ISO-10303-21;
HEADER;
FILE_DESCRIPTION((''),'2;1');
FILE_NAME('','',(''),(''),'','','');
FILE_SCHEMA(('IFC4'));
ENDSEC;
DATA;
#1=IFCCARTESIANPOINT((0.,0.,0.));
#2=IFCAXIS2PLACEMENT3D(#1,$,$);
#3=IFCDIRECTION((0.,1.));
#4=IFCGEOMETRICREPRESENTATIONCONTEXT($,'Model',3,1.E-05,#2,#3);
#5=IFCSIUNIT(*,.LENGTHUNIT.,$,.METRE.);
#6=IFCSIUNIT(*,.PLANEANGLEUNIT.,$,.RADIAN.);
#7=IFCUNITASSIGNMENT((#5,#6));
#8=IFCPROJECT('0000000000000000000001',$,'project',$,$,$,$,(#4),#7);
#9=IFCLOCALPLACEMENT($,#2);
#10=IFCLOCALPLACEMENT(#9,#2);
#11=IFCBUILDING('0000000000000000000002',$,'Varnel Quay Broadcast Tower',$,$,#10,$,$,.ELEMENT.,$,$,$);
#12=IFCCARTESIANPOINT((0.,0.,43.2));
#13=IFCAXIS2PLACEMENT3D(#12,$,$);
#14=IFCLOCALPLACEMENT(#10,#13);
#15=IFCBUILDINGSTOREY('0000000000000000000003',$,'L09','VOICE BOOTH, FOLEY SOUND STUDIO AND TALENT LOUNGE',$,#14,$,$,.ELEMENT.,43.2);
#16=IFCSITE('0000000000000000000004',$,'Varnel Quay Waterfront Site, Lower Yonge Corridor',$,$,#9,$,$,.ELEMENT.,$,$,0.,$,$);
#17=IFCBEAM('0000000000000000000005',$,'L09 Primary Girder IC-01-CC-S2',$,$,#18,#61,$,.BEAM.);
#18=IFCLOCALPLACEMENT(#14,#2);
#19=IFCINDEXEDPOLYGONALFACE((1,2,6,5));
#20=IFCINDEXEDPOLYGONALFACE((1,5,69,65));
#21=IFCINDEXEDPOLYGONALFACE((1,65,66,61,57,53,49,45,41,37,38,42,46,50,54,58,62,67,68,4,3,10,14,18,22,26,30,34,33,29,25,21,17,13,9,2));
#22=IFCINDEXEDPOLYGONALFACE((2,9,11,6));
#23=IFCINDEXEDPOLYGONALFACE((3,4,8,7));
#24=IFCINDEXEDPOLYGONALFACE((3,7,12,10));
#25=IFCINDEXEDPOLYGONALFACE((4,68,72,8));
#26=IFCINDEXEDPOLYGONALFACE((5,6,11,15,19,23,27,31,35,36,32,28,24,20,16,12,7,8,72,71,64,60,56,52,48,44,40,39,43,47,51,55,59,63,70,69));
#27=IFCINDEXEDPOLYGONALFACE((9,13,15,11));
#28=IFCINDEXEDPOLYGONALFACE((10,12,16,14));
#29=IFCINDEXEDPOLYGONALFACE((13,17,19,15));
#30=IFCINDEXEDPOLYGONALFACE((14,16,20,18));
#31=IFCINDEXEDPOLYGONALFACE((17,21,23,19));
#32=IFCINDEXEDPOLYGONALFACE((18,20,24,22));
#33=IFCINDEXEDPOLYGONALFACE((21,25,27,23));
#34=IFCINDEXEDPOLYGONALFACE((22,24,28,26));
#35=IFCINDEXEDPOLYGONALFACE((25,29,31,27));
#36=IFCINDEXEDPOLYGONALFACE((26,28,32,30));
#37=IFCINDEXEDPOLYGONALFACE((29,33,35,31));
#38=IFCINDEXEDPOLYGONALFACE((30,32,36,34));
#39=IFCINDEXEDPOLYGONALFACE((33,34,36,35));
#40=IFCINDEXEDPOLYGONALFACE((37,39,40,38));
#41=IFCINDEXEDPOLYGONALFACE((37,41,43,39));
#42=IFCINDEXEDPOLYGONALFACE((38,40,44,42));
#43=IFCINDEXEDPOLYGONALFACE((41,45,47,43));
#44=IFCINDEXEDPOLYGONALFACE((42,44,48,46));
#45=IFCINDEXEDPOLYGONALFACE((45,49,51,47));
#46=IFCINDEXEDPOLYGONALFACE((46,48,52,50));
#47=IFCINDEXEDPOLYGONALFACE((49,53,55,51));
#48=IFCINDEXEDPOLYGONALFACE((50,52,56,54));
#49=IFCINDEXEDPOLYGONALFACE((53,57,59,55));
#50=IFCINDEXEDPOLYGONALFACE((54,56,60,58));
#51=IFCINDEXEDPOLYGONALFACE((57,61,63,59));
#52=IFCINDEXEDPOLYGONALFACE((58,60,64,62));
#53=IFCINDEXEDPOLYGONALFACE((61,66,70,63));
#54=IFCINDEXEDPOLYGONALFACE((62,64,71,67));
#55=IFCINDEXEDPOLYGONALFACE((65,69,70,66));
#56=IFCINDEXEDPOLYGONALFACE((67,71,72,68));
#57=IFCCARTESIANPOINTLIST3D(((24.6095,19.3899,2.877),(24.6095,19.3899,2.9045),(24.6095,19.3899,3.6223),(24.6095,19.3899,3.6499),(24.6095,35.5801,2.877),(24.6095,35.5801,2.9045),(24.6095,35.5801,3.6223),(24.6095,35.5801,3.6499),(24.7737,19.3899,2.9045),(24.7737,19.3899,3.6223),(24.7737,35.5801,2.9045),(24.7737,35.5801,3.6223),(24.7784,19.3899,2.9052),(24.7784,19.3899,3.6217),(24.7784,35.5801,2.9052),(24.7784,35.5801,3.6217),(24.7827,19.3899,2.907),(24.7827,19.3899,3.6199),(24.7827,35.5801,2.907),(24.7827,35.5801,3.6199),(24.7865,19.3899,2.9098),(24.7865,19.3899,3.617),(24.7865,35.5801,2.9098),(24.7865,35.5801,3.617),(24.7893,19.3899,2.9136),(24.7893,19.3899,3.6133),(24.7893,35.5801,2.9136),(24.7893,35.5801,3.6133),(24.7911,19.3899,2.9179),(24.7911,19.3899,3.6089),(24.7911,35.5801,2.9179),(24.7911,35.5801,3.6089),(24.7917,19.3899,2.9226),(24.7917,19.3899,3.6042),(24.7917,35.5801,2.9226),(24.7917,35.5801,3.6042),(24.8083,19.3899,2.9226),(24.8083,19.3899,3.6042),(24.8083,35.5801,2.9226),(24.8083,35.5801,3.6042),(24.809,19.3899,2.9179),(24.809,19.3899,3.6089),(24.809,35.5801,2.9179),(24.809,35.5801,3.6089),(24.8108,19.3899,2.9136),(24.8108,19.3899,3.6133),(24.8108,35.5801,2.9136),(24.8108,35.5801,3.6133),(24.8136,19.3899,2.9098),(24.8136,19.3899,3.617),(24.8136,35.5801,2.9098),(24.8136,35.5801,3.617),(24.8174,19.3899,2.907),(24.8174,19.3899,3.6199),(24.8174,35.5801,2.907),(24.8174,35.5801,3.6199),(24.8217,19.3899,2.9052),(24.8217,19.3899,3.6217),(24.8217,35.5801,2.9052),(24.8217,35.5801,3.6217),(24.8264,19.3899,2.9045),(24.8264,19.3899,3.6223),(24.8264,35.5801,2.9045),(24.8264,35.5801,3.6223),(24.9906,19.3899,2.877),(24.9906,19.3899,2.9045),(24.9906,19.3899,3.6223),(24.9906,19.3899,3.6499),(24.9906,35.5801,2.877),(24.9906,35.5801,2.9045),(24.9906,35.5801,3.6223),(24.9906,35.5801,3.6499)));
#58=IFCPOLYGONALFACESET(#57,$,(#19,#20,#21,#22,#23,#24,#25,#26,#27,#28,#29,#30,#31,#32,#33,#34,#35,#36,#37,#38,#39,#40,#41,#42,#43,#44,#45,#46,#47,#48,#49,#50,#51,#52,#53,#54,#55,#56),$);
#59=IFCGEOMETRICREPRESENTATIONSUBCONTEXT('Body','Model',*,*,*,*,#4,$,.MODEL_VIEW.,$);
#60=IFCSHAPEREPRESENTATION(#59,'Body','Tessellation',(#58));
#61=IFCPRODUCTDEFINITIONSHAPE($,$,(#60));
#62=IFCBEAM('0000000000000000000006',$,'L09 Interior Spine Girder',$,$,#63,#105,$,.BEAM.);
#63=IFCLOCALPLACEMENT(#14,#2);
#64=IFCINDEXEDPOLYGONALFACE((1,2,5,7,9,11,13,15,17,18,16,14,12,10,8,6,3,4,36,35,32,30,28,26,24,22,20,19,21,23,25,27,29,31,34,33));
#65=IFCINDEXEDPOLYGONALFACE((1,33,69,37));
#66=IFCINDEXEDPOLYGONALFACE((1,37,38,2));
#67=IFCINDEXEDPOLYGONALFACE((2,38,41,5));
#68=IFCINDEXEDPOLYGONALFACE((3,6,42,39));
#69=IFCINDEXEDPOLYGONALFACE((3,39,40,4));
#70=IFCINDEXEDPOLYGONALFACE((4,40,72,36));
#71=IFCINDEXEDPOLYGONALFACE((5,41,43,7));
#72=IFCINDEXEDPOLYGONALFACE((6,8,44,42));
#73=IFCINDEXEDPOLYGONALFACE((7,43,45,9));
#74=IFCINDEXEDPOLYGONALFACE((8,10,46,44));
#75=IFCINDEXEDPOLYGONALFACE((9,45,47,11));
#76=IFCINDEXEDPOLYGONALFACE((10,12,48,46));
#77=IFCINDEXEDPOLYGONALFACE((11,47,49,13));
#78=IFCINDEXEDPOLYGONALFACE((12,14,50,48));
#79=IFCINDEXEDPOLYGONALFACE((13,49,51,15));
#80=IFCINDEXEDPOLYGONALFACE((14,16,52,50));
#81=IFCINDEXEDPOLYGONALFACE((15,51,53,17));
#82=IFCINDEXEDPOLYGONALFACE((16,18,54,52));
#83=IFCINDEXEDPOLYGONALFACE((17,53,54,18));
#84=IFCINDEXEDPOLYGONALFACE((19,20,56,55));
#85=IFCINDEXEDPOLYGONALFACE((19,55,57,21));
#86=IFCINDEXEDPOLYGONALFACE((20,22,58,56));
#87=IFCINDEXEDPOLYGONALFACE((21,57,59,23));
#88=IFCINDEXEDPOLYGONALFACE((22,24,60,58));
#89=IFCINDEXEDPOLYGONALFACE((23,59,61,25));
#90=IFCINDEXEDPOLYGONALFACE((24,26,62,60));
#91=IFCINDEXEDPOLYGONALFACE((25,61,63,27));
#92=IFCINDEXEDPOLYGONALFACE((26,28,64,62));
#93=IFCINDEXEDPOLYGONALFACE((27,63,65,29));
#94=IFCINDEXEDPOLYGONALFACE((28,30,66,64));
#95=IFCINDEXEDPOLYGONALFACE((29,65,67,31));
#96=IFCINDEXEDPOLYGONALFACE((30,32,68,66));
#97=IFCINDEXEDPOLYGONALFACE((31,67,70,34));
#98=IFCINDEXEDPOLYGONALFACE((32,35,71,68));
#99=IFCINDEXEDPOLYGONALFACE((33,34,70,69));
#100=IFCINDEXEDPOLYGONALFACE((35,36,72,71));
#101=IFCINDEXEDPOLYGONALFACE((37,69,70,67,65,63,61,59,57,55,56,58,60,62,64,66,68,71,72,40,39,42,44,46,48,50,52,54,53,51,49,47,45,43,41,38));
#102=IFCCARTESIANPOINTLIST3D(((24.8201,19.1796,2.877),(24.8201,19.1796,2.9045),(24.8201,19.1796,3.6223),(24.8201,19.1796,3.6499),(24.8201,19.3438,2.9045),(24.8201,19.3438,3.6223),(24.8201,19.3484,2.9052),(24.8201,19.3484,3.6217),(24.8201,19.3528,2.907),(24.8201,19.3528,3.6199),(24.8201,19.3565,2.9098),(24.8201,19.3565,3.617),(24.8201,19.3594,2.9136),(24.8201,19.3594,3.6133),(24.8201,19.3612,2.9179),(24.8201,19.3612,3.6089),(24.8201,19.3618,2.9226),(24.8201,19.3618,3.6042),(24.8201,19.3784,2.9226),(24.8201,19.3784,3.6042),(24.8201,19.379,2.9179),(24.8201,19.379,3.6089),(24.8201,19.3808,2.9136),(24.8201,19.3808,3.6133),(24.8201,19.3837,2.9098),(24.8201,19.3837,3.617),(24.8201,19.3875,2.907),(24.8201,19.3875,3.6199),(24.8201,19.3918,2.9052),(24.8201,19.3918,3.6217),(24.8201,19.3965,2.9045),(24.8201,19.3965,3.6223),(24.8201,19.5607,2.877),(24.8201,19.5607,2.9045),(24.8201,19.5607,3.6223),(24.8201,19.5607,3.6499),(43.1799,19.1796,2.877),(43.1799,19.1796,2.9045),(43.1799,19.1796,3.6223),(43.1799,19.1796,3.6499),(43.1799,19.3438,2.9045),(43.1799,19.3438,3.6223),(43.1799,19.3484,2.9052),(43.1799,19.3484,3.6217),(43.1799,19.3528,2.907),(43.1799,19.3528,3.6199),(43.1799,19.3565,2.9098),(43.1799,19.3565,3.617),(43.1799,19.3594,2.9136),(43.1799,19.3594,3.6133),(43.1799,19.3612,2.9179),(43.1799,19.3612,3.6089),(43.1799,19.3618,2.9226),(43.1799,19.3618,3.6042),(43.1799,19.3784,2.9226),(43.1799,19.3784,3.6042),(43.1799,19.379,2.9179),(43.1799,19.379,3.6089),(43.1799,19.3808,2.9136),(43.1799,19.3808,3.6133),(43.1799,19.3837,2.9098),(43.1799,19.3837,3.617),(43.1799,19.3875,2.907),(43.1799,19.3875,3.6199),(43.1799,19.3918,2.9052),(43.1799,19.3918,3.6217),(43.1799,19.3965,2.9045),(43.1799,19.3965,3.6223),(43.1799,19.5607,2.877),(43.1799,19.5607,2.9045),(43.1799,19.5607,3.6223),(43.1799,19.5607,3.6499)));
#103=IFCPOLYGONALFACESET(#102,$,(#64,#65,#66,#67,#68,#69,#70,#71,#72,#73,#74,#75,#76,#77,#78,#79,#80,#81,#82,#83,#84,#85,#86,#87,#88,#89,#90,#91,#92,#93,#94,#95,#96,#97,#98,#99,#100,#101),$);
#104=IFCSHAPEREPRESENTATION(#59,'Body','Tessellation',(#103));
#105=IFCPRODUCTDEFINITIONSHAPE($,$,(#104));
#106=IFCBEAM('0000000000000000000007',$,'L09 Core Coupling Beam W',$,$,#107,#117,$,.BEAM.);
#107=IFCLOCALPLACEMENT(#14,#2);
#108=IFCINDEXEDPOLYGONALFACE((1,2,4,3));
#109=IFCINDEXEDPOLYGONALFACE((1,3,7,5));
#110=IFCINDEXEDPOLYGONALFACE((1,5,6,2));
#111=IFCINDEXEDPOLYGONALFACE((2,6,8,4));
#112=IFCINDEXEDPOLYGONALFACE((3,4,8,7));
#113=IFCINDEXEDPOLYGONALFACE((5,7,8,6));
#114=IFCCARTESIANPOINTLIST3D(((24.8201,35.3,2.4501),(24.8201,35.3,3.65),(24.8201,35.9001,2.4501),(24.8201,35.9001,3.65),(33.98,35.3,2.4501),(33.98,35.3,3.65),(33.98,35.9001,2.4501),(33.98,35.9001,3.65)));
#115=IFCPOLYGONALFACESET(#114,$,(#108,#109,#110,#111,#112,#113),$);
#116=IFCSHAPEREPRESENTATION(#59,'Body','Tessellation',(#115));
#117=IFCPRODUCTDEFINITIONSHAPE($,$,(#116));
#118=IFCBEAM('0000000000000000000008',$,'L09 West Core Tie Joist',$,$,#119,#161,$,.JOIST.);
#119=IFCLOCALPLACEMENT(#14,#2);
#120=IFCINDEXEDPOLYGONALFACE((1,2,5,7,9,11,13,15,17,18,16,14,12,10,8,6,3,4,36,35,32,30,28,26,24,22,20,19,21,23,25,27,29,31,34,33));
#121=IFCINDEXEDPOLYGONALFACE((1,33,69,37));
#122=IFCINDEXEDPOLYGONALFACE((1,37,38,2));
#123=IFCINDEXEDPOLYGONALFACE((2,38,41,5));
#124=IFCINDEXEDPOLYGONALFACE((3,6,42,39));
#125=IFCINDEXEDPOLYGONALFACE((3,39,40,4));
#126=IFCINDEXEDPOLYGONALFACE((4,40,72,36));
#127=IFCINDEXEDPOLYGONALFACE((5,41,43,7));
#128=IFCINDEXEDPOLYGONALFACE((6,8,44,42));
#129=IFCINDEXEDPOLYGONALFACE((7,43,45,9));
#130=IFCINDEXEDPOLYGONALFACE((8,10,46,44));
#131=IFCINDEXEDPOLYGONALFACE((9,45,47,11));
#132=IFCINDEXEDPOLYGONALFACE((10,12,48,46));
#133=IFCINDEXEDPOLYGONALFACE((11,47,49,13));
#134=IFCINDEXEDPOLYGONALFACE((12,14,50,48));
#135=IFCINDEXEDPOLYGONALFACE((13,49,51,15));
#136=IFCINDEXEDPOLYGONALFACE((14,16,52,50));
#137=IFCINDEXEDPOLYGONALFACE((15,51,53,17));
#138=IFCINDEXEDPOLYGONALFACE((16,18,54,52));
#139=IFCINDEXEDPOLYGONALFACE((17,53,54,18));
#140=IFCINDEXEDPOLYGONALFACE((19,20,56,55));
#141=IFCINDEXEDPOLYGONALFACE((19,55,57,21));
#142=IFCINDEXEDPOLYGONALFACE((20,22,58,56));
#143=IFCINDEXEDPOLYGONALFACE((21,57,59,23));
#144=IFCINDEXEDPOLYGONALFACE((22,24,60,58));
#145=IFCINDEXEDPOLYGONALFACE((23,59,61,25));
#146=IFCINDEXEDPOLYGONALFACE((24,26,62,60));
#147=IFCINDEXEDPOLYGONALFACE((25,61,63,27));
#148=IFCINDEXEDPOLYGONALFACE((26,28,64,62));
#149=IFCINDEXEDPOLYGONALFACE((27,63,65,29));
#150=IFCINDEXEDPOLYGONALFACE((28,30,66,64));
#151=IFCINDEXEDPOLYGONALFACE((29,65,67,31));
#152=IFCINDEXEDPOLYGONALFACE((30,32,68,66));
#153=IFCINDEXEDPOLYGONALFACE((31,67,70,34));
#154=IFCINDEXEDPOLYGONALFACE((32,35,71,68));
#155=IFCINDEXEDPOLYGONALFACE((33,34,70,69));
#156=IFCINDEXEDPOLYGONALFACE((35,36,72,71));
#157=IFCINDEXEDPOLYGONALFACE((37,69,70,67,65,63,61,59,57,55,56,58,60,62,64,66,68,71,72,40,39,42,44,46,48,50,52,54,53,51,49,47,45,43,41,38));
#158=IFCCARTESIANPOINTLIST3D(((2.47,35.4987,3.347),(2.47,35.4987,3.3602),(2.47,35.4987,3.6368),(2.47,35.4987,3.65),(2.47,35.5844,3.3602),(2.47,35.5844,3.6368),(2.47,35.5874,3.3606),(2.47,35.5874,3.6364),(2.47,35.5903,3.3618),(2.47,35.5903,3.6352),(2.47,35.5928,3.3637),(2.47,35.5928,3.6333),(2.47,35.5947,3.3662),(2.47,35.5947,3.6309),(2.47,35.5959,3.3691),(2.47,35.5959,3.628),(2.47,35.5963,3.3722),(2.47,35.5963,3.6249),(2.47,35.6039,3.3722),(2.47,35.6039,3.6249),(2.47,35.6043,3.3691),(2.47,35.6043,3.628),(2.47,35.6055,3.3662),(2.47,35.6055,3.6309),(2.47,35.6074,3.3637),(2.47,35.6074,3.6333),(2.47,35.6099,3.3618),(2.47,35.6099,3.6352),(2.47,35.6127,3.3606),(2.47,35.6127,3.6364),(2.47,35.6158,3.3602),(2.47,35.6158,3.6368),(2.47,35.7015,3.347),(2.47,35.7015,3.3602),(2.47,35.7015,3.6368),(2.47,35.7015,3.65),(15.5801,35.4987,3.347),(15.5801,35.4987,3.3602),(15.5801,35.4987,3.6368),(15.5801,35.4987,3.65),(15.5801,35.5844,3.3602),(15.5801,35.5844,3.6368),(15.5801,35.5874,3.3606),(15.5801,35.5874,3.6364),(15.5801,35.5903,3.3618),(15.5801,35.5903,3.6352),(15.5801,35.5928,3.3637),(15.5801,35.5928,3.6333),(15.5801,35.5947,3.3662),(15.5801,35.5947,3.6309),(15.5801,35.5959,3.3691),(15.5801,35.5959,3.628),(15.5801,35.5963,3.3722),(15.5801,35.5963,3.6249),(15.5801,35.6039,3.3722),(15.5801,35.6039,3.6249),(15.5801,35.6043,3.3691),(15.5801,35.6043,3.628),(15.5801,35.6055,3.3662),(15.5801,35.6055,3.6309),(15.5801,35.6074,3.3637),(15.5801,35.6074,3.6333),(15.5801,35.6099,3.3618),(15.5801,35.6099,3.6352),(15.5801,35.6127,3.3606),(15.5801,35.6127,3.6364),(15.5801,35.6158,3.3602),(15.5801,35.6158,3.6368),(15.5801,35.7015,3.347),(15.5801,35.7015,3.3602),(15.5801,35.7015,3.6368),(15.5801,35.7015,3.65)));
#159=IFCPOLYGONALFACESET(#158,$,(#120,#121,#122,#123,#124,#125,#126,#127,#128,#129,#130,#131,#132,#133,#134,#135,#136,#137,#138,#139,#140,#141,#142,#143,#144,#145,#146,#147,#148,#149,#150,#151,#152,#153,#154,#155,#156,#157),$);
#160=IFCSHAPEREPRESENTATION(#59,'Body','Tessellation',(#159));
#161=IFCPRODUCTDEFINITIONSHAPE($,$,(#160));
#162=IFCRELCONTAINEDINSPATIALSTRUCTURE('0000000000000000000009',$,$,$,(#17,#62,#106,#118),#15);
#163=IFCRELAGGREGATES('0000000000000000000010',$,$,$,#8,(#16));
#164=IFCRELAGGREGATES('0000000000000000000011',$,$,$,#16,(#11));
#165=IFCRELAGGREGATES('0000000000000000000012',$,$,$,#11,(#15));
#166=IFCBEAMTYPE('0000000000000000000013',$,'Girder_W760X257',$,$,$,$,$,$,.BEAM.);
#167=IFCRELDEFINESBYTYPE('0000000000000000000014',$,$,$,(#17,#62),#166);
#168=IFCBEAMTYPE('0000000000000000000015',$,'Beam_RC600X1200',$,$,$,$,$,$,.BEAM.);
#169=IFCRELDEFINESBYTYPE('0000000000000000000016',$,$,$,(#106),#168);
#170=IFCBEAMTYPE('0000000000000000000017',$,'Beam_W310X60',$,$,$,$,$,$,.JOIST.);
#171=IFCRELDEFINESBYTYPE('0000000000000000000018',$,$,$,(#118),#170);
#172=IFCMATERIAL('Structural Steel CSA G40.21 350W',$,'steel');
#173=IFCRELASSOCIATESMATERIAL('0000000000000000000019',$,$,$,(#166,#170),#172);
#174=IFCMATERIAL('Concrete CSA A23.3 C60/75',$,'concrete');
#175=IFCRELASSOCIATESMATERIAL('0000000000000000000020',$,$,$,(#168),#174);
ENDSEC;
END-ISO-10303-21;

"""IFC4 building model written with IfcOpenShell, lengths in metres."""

from ifc_helpers import new_model, si_unit, direction, frame, origin, origin_2d, place, context, subcontext, project, spatial, rectangle, i_section, extrude, source, transform, mapped, material, material_profile, profile_set, type_object, type_shapes, element, save


model = new_model("IFC4")

# Units and contexts
model_context = context("Model", 3, precision=1e-05, world=origin(), true_north=direction((0.0, 1.0)))
body_context = subcontext(model_context, "Body", "Model", "MODEL_VIEW")
ifc_project = project(units=[si_unit("LENGTHUNIT", "METRE"), si_unit("PLANEANGLEUNIT", "RADIAN")], contexts=[model_context])

# Site, building, storey
site_placement = place(None, origin())
site = spatial("IfcSite", under=ifc_project, at=site_placement, Name="Varnel Quay Waterfront Site, Lower Yonge Corridor", CompositionType="ELEMENT", RefElevation=0.0)
building_placement = place(site_placement, origin())
building = spatial("IfcBuilding", under=site, at=building_placement, Name="Varnel Quay Broadcast Tower", CompositionType="ELEMENT")
storey_placement = place(building_placement, frame((0.0, 0.0, 43.2)))
storey = spatial("IfcBuildingStorey", under=building, at=storey_placement, Name="L09", Description="VOICE BOOTH, FOLEY SOUND STUDIO AND TALENT LOUNGE", CompositionType="ELEMENT", Elevation=43.2)

# Shared definitions
ifc_material_1 = material(Name="Structural Steel CSA G40.21 350W", Category="steel")
ifc_material_2 = material(Name="Concrete CSA A23.3 C60/75", Category="concrete")

# Beams
ifc_material_profile_1 = material_profile(ifc_material_1, i_section(OverallWidth=0.3811, OverallDepth=0.7729, WebThickness=0.0166, FlangeThickness=0.0276, FilletRadius=0.0181, at=origin_2d()), Name="W760X257")
ifc_profile_set_1 = profile_set([ifc_material_profile_1], Name="Structural Steel CSA G40.21 350W")
beam_type_1 = type_object("IfcBeamType", Name="Girder_W760X257", PredefinedType="BEAM", material=ifc_profile_set_1)
shared_shape_1 = source(origin(), body_context, "Body", "SweptSolid", [
    extrude(i_section(OverallWidth=0.3811, OverallDepth=0.7729, WebThickness=0.0166, FlangeThickness=0.0276, FilletRadius=0.0181, at=origin_2d()), origin(), (0.0, 0.0, 1.0), 16.1902),
])
beam_1_placement = place(storey_placement, frame((24.8, 19.3899, 3.2634), z_axis=(0.0, 1.0, 0.0), x_axis=(-1.0, 0.0, 0.0)))
element("IfcBeam", 1, at=beam_1_placement, inside=storey, type_object=beam_type_1, Name="L09 Primary Girder IC-01-CC-S2", PredefinedType="BEAM", context=body_context, shape_type="MappedRepresentation", body=[
    mapped(shared_shape_1, transform((0.0, 0.0, 0.0), x_axis=(1.0, 0.0, 0.0), y_axis=(0.0, 1.0, 0.0), z_axis=(0.0, 0.0, 1.0), scale=1.0)),
])
shared_shape_2 = source(origin(), body_context, "Body", "SweptSolid", [
    extrude(i_section(OverallWidth=0.3811, OverallDepth=0.7729, WebThickness=0.0166, FlangeThickness=0.0276, FilletRadius=0.0181, at=origin_2d()), origin(), (0.0, 0.0, 1.0), 18.3599),
])
type_shapes(beam_type_1, [shared_shape_1, shared_shape_2])
beam_2_placement = place(storey_placement, frame((24.8201, 19.3701, 3.2634), z_axis=(1.0, 0.0, 0.0), x_axis=(0.0, 1.0, 0.0)))
element("IfcBeam", 2, at=beam_2_placement, inside=storey, type_object=beam_type_1, Name="L09 Interior Spine Girder", PredefinedType="BEAM", context=body_context, shape_type="MappedRepresentation", body=[
    mapped(shared_shape_2, transform((0.0, 0.0, 0.0), x_axis=(1.0, 0.0, 0.0), y_axis=(0.0, 1.0, 0.0), z_axis=(0.0, 0.0, 1.0), scale=1.0)),
])
ifc_material_profile_2 = material_profile(ifc_material_2, rectangle(XDim=0.6001, YDim=1.2, at=origin_2d()), Name="RC600X1200")
ifc_profile_set_2 = profile_set([ifc_material_profile_2], Name="Concrete CSA A23.3 C60/75")
beam_type_2 = type_object("IfcBeamType", Name="Beam_RC600X1200", PredefinedType="BEAM", material=ifc_profile_set_2)
shared_shape_3 = source(origin(), body_context, "Body", "SweptSolid", [
    extrude(rectangle(XDim=0.6001, YDim=1.2, at=origin_2d()), origin(), (0.0, 0.0, 1.0), 9.1599),
])
type_shapes(beam_type_2, [shared_shape_3])
beam_3_placement = place(storey_placement, frame((24.8201, 35.6001, 3.05), z_axis=(1.0, 0.0, 0.0), x_axis=(0.0, 1.0, 0.0)))
element("IfcBeam", 3, at=beam_3_placement, inside=storey, type_object=beam_type_2, Name="L09 Core Coupling Beam W", PredefinedType="BEAM", context=body_context, shape_type="MappedRepresentation", body=[
    mapped(shared_shape_3, transform((0.0, 0.0, 0.0), x_axis=(1.0, 0.0, 0.0), y_axis=(0.0, 1.0, 0.0), z_axis=(0.0, 0.0, 1.0), scale=1.0)),
])
ifc_material_profile_3 = material_profile(ifc_material_1, i_section(OverallWidth=0.2029, OverallDepth=0.303, WebThickness=0.0076, FlangeThickness=0.0132, FilletRadius=0.012, at=origin_2d()), Name="W310X60")
ifc_profile_set_3 = profile_set([ifc_material_profile_3], Name="Structural Steel CSA G40.21 350W")
beam_type_3 = type_object("IfcBeamType", Name="Beam_W310X60", PredefinedType="JOIST", material=ifc_profile_set_3)
shared_shape_4 = source(origin(), body_context, "Body", "SweptSolid", [
    extrude(i_section(OverallWidth=0.2029, OverallDepth=0.303, WebThickness=0.0076, FlangeThickness=0.0132, FilletRadius=0.012, at=origin_2d()), origin(), (0.0, 0.0, 1.0), 13.1101),
])
beam_4_placement = place(storey_placement, frame((2.47, 35.6001, 3.4985), z_axis=(1.0, 0.0, 0.0), x_axis=(0.0, 1.0, 0.0)))
element("IfcBeam", 4, at=beam_4_placement, inside=storey, type_object=beam_type_3, Name="L09 West Core Tie Joist", PredefinedType="JOIST", context=body_context, shape_type="MappedRepresentation", body=[
    mapped(shared_shape_4, transform((0.0, 0.0, 0.0), x_axis=(1.0, 0.0, 0.0), y_axis=(0.0, 1.0, 0.0), z_axis=(0.0, 0.0, 1.0), scale=1.0)),
])

save(model, "model.ifc")
